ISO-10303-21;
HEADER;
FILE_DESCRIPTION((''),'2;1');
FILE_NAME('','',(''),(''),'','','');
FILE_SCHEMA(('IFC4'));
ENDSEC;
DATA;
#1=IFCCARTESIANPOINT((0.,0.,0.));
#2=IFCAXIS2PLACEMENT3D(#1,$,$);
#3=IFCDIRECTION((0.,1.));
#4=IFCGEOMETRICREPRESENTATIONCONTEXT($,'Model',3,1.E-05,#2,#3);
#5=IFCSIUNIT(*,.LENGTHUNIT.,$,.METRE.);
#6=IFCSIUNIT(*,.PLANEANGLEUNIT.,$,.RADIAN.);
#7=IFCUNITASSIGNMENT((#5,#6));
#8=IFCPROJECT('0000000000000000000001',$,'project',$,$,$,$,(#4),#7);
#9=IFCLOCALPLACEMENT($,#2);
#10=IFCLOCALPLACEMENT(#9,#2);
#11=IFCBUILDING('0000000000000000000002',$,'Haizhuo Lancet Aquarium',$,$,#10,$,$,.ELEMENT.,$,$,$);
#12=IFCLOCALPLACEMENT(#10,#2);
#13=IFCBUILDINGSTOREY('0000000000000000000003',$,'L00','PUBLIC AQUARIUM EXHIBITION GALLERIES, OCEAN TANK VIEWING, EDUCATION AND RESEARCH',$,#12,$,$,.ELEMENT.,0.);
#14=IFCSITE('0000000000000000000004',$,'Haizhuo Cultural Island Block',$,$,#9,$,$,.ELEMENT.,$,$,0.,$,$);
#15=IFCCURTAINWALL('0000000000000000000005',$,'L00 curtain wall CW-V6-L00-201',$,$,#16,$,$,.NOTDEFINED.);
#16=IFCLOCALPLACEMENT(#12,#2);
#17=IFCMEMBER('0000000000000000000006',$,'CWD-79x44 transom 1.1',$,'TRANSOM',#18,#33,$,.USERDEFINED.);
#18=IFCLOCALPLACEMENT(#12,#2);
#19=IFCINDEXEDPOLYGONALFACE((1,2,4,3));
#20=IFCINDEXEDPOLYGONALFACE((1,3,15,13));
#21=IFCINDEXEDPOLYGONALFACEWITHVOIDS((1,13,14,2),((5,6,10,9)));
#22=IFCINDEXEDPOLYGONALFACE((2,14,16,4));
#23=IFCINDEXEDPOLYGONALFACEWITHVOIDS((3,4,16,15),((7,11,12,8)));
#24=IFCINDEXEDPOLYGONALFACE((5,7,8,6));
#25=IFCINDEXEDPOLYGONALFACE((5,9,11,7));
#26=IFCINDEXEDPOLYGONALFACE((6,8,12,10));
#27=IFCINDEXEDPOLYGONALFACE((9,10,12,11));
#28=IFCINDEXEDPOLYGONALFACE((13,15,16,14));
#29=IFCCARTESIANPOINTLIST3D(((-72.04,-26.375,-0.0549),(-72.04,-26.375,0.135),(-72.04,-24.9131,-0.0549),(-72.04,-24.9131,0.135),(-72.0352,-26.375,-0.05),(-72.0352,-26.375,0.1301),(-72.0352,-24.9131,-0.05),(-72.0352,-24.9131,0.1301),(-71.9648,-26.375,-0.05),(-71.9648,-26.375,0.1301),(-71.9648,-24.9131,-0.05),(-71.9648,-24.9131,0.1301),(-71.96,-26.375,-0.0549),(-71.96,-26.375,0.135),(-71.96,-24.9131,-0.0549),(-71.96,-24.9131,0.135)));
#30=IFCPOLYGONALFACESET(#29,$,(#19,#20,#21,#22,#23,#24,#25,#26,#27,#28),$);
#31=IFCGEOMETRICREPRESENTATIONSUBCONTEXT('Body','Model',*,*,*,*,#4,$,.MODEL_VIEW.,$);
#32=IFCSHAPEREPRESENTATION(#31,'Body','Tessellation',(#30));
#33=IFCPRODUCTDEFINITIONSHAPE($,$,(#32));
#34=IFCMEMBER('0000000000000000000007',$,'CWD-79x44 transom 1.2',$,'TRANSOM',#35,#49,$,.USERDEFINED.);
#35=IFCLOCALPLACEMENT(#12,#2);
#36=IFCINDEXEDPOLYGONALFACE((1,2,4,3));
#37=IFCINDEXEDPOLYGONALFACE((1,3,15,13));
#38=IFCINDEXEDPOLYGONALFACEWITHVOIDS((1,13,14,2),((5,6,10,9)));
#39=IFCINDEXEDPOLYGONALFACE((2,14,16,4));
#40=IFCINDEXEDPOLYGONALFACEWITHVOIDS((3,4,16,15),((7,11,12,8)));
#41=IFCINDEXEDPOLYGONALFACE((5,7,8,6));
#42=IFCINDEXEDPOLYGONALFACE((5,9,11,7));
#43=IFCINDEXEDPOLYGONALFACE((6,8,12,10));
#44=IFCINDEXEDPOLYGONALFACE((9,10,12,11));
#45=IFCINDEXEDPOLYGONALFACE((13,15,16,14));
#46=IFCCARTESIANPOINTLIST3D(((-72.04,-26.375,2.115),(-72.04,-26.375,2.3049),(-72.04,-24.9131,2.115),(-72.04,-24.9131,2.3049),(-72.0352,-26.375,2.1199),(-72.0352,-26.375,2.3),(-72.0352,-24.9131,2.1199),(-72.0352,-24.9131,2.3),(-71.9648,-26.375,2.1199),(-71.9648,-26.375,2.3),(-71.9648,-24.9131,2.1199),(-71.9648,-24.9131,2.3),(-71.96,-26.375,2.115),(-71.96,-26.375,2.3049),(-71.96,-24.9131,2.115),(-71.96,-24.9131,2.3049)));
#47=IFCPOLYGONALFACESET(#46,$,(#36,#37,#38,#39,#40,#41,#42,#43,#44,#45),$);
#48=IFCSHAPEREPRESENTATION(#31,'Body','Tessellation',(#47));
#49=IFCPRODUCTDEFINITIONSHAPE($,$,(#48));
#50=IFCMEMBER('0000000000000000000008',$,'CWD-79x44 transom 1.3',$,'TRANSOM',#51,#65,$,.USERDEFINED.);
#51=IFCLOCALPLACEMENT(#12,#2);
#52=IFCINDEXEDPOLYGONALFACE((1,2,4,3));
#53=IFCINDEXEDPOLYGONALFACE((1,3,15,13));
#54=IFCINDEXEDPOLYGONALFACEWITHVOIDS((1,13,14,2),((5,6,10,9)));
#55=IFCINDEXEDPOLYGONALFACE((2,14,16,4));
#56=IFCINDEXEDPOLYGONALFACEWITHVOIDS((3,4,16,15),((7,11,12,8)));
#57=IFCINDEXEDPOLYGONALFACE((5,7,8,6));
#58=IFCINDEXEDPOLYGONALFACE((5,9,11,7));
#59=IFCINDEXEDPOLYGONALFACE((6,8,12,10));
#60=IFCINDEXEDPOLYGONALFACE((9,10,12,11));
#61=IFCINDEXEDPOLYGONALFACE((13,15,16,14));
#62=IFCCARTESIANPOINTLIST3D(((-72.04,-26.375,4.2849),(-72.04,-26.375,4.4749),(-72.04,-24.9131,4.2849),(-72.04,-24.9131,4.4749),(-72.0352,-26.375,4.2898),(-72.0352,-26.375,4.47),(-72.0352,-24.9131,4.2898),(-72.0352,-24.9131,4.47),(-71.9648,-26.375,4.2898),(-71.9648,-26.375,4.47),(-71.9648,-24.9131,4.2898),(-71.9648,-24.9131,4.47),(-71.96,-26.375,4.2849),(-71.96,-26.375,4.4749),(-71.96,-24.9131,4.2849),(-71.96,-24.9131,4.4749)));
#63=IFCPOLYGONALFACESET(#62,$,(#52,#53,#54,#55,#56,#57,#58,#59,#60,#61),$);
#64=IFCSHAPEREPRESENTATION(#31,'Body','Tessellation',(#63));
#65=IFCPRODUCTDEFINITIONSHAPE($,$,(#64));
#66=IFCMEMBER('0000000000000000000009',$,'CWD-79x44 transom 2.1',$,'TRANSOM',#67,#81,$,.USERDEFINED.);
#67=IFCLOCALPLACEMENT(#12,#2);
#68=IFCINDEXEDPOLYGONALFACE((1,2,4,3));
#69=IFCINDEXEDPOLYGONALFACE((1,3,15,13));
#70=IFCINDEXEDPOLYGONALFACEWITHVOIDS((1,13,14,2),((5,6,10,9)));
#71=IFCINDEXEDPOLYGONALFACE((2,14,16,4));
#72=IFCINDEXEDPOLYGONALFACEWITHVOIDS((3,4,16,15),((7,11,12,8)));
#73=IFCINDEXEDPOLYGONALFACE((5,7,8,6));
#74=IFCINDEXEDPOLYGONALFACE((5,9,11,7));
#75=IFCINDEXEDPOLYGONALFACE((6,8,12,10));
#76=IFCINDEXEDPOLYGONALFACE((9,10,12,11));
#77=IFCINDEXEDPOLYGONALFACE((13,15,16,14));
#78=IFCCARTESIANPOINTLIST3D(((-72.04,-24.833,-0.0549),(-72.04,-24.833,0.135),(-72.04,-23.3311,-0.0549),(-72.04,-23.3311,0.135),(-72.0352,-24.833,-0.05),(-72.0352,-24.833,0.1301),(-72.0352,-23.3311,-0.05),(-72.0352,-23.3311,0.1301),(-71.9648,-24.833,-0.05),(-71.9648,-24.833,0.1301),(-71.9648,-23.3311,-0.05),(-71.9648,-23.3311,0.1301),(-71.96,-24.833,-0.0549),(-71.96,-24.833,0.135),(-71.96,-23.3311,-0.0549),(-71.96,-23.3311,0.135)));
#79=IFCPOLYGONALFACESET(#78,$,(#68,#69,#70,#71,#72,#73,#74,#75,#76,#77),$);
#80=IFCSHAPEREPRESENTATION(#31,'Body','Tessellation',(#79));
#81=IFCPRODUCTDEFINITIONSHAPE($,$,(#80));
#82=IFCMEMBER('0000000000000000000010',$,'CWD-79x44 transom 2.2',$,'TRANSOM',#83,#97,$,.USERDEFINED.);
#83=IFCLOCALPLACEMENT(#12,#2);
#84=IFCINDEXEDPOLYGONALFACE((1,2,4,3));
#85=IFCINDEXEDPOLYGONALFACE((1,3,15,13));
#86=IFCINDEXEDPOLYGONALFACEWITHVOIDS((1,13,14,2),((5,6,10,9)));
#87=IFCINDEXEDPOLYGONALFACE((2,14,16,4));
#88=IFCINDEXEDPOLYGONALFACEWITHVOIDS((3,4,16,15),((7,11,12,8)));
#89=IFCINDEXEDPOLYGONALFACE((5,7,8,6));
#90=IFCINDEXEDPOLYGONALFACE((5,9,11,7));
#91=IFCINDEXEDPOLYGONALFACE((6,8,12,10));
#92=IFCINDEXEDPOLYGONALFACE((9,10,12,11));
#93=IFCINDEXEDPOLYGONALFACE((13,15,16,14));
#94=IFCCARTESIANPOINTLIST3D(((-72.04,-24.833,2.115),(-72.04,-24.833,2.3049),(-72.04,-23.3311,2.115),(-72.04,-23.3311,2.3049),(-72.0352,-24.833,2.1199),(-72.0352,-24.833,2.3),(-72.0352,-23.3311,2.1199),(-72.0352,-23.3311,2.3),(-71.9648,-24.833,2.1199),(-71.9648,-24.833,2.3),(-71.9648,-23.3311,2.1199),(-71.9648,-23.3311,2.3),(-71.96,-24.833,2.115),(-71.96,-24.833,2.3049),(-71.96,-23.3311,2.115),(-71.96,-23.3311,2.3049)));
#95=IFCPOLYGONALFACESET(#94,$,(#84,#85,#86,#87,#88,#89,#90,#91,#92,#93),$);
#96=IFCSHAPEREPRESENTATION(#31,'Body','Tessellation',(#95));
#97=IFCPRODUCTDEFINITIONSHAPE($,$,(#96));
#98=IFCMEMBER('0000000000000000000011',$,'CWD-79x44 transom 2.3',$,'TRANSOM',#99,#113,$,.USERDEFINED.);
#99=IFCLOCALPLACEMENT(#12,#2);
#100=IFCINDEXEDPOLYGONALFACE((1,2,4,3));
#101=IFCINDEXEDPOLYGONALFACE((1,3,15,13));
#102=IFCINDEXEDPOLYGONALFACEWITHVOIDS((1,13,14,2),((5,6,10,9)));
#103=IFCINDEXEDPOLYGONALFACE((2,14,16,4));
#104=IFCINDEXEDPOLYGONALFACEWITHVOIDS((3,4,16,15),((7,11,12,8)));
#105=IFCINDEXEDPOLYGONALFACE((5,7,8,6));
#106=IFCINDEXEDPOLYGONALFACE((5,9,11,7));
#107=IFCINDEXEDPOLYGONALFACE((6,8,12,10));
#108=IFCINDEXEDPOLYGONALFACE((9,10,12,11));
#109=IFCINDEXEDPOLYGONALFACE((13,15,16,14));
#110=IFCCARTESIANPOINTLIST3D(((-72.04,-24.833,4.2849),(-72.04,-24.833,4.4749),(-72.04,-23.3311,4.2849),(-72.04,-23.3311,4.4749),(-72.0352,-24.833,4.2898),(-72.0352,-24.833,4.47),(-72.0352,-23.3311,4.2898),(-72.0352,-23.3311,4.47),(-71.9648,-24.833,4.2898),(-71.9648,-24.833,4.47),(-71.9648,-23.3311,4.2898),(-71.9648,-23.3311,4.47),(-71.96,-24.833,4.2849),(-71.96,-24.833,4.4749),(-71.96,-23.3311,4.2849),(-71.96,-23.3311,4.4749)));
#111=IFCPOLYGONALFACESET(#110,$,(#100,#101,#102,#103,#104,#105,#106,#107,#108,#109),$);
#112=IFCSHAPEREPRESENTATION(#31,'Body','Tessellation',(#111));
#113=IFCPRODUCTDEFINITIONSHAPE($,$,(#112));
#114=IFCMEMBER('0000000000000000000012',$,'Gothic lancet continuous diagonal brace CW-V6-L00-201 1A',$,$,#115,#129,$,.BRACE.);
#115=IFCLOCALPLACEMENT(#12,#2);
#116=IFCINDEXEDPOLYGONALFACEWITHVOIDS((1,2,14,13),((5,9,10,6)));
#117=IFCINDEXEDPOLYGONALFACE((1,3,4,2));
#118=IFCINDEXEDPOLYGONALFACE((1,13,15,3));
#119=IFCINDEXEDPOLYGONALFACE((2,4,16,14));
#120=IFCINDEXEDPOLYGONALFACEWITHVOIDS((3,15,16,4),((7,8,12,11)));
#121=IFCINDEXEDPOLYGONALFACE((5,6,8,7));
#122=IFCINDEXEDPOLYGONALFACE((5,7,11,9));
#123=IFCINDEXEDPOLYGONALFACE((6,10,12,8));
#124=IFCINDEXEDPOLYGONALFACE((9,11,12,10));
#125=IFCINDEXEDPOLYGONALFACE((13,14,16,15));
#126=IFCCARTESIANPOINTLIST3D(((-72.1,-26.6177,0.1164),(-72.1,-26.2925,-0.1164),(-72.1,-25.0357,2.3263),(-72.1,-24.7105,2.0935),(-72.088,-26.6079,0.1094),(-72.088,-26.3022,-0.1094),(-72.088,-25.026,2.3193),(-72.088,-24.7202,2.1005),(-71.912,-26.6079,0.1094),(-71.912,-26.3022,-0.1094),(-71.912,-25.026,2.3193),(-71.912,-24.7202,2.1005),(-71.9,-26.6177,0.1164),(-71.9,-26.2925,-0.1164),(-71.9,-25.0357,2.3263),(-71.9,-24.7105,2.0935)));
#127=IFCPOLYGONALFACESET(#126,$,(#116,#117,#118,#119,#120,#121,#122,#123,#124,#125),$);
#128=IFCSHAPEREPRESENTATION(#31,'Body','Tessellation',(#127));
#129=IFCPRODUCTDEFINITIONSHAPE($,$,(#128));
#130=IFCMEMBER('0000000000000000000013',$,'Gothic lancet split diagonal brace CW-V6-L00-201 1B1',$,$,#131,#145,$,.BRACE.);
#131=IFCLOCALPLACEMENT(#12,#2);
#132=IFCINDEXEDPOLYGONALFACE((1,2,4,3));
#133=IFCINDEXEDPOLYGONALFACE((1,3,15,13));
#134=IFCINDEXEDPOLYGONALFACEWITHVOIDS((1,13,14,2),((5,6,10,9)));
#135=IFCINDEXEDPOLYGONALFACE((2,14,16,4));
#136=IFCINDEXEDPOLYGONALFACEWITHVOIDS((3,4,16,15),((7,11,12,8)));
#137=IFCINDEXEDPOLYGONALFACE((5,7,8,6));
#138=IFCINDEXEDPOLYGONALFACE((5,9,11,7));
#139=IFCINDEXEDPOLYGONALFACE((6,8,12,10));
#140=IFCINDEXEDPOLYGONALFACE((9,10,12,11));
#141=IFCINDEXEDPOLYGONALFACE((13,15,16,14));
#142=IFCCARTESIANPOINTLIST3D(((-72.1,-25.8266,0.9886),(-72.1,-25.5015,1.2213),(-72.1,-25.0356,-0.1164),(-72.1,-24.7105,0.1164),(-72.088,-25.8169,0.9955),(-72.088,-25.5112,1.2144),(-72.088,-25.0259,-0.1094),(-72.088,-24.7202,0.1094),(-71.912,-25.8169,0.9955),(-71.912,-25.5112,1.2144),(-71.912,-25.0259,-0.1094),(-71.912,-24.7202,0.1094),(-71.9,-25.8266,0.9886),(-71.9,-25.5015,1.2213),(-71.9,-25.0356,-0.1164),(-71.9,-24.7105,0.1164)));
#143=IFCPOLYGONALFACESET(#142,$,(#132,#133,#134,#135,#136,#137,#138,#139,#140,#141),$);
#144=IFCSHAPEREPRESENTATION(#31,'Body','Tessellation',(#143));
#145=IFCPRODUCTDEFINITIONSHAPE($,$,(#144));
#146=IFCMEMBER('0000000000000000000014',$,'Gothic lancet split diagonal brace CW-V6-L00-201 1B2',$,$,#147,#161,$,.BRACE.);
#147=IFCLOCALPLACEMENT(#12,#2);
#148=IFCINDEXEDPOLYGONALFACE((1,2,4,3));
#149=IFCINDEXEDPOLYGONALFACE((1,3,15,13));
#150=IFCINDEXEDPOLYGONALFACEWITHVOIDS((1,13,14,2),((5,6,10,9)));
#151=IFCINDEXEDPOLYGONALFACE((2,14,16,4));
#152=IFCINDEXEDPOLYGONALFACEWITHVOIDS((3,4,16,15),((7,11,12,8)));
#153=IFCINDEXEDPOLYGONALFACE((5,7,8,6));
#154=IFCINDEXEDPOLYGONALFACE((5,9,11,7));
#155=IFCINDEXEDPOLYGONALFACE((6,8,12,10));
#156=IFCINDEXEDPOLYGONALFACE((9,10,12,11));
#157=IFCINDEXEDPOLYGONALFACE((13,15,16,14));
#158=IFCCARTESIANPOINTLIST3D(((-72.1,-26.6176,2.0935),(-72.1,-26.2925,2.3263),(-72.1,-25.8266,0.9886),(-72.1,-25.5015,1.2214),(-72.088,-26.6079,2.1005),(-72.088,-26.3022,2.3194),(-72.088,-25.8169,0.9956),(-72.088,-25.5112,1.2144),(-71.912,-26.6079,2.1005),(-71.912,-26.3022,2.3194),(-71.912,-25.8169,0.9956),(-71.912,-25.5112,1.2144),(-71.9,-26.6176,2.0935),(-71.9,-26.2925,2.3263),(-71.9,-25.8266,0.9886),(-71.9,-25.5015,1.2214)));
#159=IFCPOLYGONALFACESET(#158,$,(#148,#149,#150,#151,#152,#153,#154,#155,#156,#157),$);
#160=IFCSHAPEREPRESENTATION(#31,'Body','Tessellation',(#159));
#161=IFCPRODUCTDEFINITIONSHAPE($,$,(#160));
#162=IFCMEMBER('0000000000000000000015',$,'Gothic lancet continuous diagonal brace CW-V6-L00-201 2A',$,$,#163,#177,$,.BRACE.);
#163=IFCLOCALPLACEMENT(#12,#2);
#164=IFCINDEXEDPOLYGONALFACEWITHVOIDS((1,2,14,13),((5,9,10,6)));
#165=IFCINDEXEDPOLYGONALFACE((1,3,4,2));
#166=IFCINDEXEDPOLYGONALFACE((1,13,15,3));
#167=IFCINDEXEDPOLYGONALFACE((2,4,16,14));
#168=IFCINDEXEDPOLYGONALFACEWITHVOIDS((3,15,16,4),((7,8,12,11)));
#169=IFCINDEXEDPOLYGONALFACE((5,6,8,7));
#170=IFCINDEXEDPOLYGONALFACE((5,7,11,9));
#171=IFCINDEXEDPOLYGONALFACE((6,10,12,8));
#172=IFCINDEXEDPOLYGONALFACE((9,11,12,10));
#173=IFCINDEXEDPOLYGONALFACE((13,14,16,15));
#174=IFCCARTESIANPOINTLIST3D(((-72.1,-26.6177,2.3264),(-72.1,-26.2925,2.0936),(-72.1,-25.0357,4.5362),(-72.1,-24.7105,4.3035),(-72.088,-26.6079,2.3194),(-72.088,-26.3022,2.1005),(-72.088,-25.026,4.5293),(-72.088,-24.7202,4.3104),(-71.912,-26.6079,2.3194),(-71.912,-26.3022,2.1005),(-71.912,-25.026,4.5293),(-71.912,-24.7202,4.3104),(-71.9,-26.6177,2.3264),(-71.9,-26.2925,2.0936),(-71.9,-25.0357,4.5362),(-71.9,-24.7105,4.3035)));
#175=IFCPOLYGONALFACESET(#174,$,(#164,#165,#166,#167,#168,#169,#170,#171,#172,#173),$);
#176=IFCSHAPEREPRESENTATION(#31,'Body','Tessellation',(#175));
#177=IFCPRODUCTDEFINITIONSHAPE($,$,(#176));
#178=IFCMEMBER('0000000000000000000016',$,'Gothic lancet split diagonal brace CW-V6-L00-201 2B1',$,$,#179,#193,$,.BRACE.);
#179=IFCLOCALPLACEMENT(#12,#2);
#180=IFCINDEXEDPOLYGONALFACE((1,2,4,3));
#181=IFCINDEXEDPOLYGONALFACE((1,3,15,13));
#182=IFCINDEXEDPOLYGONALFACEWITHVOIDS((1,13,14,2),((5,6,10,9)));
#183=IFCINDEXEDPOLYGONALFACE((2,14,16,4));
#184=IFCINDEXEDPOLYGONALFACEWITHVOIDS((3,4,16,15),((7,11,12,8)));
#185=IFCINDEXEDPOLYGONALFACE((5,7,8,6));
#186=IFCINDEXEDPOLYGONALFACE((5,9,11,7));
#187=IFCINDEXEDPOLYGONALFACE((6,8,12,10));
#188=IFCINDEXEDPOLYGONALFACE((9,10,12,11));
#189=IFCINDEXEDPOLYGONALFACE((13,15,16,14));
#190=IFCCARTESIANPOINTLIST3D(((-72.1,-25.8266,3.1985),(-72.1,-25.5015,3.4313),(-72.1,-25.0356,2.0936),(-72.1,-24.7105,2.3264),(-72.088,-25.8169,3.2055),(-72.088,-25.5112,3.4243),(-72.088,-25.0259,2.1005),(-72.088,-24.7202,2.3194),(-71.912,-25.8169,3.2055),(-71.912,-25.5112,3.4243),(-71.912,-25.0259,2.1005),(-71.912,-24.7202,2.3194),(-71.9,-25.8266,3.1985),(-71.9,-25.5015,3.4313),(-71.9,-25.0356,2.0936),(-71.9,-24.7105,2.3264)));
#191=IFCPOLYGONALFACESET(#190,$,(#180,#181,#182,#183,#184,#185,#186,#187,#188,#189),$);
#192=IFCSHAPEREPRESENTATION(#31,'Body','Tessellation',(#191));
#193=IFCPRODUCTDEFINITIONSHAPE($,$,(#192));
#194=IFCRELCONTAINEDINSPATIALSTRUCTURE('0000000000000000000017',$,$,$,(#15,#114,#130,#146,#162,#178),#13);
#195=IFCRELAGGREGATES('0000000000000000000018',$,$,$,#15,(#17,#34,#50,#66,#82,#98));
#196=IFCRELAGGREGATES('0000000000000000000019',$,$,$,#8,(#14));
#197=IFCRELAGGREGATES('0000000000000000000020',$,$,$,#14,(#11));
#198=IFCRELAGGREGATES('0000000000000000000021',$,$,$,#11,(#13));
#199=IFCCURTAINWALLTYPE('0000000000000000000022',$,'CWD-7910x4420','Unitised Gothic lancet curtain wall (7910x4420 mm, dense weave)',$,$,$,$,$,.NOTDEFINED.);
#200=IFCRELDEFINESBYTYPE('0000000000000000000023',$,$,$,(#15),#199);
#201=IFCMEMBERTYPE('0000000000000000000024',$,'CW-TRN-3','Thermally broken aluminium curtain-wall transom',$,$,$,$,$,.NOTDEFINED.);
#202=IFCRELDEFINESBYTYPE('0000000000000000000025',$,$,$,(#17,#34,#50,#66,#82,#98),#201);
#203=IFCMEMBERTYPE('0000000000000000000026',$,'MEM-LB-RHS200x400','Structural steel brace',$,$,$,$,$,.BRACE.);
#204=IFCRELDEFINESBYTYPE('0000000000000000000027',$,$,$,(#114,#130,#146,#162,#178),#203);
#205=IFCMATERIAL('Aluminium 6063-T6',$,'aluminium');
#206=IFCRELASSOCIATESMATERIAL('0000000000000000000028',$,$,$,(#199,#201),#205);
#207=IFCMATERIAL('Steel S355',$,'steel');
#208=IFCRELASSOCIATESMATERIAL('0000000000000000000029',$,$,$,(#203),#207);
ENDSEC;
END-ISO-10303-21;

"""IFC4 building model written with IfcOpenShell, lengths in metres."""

from ifc_helpers import new_model, si_unit, direction, frame, origin, origin_2d, place, context, subcontext, project, spatial, hollow_rectangle, extrude, material, material_profile, profile_set, type_object, element, aggregate, save


model = new_model("IFC4")

# Units and contexts
model_context = context("Model", 3, precision=1e-05, world=origin(), true_north=direction((0.0, 1.0)))
body_context = subcontext(model_context, "Body", "Model", "MODEL_VIEW")
ifc_project = project(units=[si_unit("LENGTHUNIT", "METRE"), si_unit("PLANEANGLEUNIT", "RADIAN")], contexts=[model_context])

# Site, building, storey
site_placement = place(None, origin())
site = spatial("IfcSite", under=ifc_project, at=site_placement, Name="Haizhuo Cultural Island Block", CompositionType="ELEMENT", RefElevation=0.0)
building_placement = place(site_placement, origin())
building = spatial("IfcBuilding", under=site, at=building_placement, Name="Haizhuo Lancet Aquarium", CompositionType="ELEMENT")
storey_placement = place(building_placement, origin())
storey = spatial("IfcBuildingStorey", under=building, at=storey_placement, Name="L00", Description="PUBLIC AQUARIUM EXHIBITION GALLERIES, OCEAN TANK VIEWING, EDUCATION AND RESEARCH", CompositionType="ELEMENT", Elevation=0.0)

# Shared definitions
ifc_material_1 = material(Name="Steel S355", Category="steel")

# Curtain wall, members
ifc_material_2 = material(Name="Aluminium 6063-T6", Category="aluminium")
curtain_wall_type = type_object("IfcCurtainWallType", Name="CWD-7910x4420", Description="Unitised Gothic lancet curtain wall (7910x4420 mm, dense weave)", PredefinedType="NOTDEFINED", material=ifc_material_2)
curtain_wall_placement = place(storey_placement, origin())
curtain_wall = element("IfcCurtainWall", 1, at=curtain_wall_placement, inside=storey, type_object=curtain_wall_type, Name="L00 curtain wall CW-V6-L00-201", PredefinedType="NOTDEFINED")
ifc_material_profile_1 = material_profile(ifc_material_2, hollow_rectangle(XDim=0.0801, YDim=0.1899, WallThickness=0.0049, at=origin_2d()), Name="ALU-T 80x190x5")
ifc_profile_set_1 = profile_set([ifc_material_profile_1], Name="Aluminium 6063-T6")
member_type_1 = type_object("IfcMemberType", Name="CW-TRN-3", Description="Thermally broken aluminium curtain-wall transom", PredefinedType="NOTDEFINED", material=ifc_profile_set_1)
member_1_placement = place(storey_placement, frame((-72.0, -26.375, 0.04), z_axis=(0.0, 1.0, 0.0), x_axis=(-1.0, 0.0, 0.0)))
member_1 = element("IfcMember", 2, at=member_1_placement, type_object=member_type_1, Name="CWD-79x44 transom 1.1", ObjectType="TRANSOM", PredefinedType="USERDEFINED", context=body_context, shape_type="SweptSolid", body=[
    extrude(hollow_rectangle(XDim=0.0801, YDim=0.1899, WallThickness=0.0049, at=origin_2d()), origin(), (0.0, 0.0, 1.0), 1.4619),
])
member_2_placement = place(storey_placement, frame((-72.0, -26.375, 2.21), z_axis=(0.0, 1.0, 0.0), x_axis=(-1.0, 0.0, 0.0)))
member_2 = element("IfcMember", 3, at=member_2_placement, type_object=member_type_1, Name="CWD-79x44 transom 1.2", ObjectType="TRANSOM", PredefinedType="USERDEFINED", context=body_context, shape_type="SweptSolid", body=[
    extrude(hollow_rectangle(XDim=0.0801, YDim=0.1899, WallThickness=0.0049, at=origin_2d()), origin(), (0.0, 0.0, 1.0), 1.4619),
])
member_3_placement = place(storey_placement, frame((-72.0, -26.375, 4.3799), z_axis=(0.0, 1.0, 0.0), x_axis=(-1.0, 0.0, 0.0)))
member_3 = element("IfcMember", 4, at=member_3_placement, type_object=member_type_1, Name="CWD-79x44 transom 1.3", ObjectType="TRANSOM", PredefinedType="USERDEFINED", context=body_context, shape_type="SweptSolid", body=[
    extrude(hollow_rectangle(XDim=0.0801, YDim=0.1899, WallThickness=0.0049, at=origin_2d()), origin(), (0.0, 0.0, 1.0), 1.4619),
])
member_4_placement = place(storey_placement, frame((-72.0, -24.833, 0.04), z_axis=(0.0, 1.0, 0.0), x_axis=(-1.0, 0.0, 0.0)))
member_4 = element("IfcMember", 5, at=member_4_placement, type_object=member_type_1, Name="CWD-79x44 transom 2.1", ObjectType="TRANSOM", PredefinedType="USERDEFINED", context=body_context, shape_type="SweptSolid", body=[
    extrude(hollow_rectangle(XDim=0.0801, YDim=0.1899, WallThickness=0.0049, at=origin_2d()), origin(), (0.0, 0.0, 1.0), 1.502),
])
member_5_placement = place(storey_placement, frame((-72.0, -24.833, 2.21), z_axis=(0.0, 1.0, 0.0), x_axis=(-1.0, 0.0, 0.0)))
member_5 = element("IfcMember", 6, at=member_5_placement, type_object=member_type_1, Name="CWD-79x44 transom 2.2", ObjectType="TRANSOM", PredefinedType="USERDEFINED", context=body_context, shape_type="SweptSolid", body=[
    extrude(hollow_rectangle(XDim=0.0801, YDim=0.1899, WallThickness=0.0049, at=origin_2d()), origin(), (0.0, 0.0, 1.0), 1.502),
])
member_6_placement = place(storey_placement, frame((-72.0, -24.833, 4.3799), z_axis=(0.0, 1.0, 0.0), x_axis=(-1.0, 0.0, 0.0)))
member_6 = element("IfcMember", 7, at=member_6_placement, type_object=member_type_1, Name="CWD-79x44 transom 2.3", ObjectType="TRANSOM", PredefinedType="USERDEFINED", context=body_context, shape_type="SweptSolid", body=[
    extrude(hollow_rectangle(XDim=0.0801, YDim=0.1899, WallThickness=0.0049, at=origin_2d()), origin(), (0.0, 0.0, 1.0), 1.502),
])

# Members
ifc_material_profile_2 = material_profile(ifc_material_1, hollow_rectangle(XDim=0.2, YDim=0.3999, WallThickness=0.012, at=origin_2d()), Name="RHS 200x400x12")
ifc_profile_set_2 = profile_set([ifc_material_profile_2], Name="Steel S355")
member_type_2 = type_object("IfcMemberType", Name="MEM-LB-RHS200x400", Description="Structural steel brace", PredefinedType="BRACE", material=ifc_profile_set_2)
member_7_placement = place(storey_placement, frame((-72.0, -26.4551, 0.0), z_axis=(0.0, 0.582088, 0.813126), x_axis=(-1.0, 0.0, 0.0)))
element("IfcMember", 8, at=member_7_placement, inside=storey, type_object=member_type_2, Name="Gothic lancet continuous diagonal brace CW-V6-L00-201 1A", PredefinedType="BRACE", context=body_context, shape_type="SweptSolid", body=[
    extrude(hollow_rectangle(XDim=0.2, YDim=0.3999, WallThickness=0.012, at=origin_2d()), origin(), (0.0, 0.0, 1.0), 2.7178),
])
for number, where, z_axis, x_axis, name in (
    (9, (-72.0, -24.873, 0.0), (0.0, -0.582088, 0.813126), (1.0, 0.0, 0.0), "Gothic lancet split diagonal brace CW-V6-L00-201 1B1"),
    (10, (-72.0, -25.6641, 1.105), (0.0, -0.582088, 0.813126), (1.0, 0.0, 0.0), "Gothic lancet split diagonal brace CW-V6-L00-201 1B2"),
):
    element("IfcMember", number, at=place(storey_placement, frame(where, z_axis=z_axis, x_axis=x_axis)), inside=storey, type_object=member_type_2, Name=name, PredefinedType="BRACE", context=body_context, shape_type="SweptSolid", body=[
        extrude(hollow_rectangle(XDim=0.2, YDim=0.3999, WallThickness=0.012, at=origin_2d()), origin(), (0.0, 0.0, 1.0), 1.3589),
    ])
member_8_placement = place(storey_placement, frame((-72.0, -26.4551, 2.21), z_axis=(0.0, 0.582088, 0.813126), x_axis=(-1.0, 0.0, 0.0)))
element("IfcMember", 11, at=member_8_placement, inside=storey, type_object=member_type_2, Name="Gothic lancet continuous diagonal brace CW-V6-L00-201 2A", PredefinedType="BRACE", context=body_context, shape_type="SweptSolid", body=[
    extrude(hollow_rectangle(XDim=0.2, YDim=0.3999, WallThickness=0.012, at=origin_2d()), origin(), (0.0, 0.0, 1.0), 2.7178),
])
for number, where, z_axis, x_axis, name in (
    (12, (-72.0, -24.873, 2.21), (0.0, -0.582088, 0.813126), (1.0, 0.0, 0.0), "Gothic lancet split diagonal brace CW-V6-L00-201 2B1"),
):
    element("IfcMember", number, at=place(storey_placement, frame(where, z_axis=z_axis, x_axis=x_axis)), inside=storey, type_object=member_type_2, Name=name, PredefinedType="BRACE", context=body_context, shape_type="SweptSolid", body=[
        extrude(hollow_rectangle(XDim=0.2, YDim=0.3999, WallThickness=0.012, at=origin_2d()), origin(), (0.0, 0.0, 1.0), 1.3589),
    ])

aggregate(curtain_wall, [member_1, member_2, member_3, member_4, member_5, member_6])

save(model, "model.ifc")
